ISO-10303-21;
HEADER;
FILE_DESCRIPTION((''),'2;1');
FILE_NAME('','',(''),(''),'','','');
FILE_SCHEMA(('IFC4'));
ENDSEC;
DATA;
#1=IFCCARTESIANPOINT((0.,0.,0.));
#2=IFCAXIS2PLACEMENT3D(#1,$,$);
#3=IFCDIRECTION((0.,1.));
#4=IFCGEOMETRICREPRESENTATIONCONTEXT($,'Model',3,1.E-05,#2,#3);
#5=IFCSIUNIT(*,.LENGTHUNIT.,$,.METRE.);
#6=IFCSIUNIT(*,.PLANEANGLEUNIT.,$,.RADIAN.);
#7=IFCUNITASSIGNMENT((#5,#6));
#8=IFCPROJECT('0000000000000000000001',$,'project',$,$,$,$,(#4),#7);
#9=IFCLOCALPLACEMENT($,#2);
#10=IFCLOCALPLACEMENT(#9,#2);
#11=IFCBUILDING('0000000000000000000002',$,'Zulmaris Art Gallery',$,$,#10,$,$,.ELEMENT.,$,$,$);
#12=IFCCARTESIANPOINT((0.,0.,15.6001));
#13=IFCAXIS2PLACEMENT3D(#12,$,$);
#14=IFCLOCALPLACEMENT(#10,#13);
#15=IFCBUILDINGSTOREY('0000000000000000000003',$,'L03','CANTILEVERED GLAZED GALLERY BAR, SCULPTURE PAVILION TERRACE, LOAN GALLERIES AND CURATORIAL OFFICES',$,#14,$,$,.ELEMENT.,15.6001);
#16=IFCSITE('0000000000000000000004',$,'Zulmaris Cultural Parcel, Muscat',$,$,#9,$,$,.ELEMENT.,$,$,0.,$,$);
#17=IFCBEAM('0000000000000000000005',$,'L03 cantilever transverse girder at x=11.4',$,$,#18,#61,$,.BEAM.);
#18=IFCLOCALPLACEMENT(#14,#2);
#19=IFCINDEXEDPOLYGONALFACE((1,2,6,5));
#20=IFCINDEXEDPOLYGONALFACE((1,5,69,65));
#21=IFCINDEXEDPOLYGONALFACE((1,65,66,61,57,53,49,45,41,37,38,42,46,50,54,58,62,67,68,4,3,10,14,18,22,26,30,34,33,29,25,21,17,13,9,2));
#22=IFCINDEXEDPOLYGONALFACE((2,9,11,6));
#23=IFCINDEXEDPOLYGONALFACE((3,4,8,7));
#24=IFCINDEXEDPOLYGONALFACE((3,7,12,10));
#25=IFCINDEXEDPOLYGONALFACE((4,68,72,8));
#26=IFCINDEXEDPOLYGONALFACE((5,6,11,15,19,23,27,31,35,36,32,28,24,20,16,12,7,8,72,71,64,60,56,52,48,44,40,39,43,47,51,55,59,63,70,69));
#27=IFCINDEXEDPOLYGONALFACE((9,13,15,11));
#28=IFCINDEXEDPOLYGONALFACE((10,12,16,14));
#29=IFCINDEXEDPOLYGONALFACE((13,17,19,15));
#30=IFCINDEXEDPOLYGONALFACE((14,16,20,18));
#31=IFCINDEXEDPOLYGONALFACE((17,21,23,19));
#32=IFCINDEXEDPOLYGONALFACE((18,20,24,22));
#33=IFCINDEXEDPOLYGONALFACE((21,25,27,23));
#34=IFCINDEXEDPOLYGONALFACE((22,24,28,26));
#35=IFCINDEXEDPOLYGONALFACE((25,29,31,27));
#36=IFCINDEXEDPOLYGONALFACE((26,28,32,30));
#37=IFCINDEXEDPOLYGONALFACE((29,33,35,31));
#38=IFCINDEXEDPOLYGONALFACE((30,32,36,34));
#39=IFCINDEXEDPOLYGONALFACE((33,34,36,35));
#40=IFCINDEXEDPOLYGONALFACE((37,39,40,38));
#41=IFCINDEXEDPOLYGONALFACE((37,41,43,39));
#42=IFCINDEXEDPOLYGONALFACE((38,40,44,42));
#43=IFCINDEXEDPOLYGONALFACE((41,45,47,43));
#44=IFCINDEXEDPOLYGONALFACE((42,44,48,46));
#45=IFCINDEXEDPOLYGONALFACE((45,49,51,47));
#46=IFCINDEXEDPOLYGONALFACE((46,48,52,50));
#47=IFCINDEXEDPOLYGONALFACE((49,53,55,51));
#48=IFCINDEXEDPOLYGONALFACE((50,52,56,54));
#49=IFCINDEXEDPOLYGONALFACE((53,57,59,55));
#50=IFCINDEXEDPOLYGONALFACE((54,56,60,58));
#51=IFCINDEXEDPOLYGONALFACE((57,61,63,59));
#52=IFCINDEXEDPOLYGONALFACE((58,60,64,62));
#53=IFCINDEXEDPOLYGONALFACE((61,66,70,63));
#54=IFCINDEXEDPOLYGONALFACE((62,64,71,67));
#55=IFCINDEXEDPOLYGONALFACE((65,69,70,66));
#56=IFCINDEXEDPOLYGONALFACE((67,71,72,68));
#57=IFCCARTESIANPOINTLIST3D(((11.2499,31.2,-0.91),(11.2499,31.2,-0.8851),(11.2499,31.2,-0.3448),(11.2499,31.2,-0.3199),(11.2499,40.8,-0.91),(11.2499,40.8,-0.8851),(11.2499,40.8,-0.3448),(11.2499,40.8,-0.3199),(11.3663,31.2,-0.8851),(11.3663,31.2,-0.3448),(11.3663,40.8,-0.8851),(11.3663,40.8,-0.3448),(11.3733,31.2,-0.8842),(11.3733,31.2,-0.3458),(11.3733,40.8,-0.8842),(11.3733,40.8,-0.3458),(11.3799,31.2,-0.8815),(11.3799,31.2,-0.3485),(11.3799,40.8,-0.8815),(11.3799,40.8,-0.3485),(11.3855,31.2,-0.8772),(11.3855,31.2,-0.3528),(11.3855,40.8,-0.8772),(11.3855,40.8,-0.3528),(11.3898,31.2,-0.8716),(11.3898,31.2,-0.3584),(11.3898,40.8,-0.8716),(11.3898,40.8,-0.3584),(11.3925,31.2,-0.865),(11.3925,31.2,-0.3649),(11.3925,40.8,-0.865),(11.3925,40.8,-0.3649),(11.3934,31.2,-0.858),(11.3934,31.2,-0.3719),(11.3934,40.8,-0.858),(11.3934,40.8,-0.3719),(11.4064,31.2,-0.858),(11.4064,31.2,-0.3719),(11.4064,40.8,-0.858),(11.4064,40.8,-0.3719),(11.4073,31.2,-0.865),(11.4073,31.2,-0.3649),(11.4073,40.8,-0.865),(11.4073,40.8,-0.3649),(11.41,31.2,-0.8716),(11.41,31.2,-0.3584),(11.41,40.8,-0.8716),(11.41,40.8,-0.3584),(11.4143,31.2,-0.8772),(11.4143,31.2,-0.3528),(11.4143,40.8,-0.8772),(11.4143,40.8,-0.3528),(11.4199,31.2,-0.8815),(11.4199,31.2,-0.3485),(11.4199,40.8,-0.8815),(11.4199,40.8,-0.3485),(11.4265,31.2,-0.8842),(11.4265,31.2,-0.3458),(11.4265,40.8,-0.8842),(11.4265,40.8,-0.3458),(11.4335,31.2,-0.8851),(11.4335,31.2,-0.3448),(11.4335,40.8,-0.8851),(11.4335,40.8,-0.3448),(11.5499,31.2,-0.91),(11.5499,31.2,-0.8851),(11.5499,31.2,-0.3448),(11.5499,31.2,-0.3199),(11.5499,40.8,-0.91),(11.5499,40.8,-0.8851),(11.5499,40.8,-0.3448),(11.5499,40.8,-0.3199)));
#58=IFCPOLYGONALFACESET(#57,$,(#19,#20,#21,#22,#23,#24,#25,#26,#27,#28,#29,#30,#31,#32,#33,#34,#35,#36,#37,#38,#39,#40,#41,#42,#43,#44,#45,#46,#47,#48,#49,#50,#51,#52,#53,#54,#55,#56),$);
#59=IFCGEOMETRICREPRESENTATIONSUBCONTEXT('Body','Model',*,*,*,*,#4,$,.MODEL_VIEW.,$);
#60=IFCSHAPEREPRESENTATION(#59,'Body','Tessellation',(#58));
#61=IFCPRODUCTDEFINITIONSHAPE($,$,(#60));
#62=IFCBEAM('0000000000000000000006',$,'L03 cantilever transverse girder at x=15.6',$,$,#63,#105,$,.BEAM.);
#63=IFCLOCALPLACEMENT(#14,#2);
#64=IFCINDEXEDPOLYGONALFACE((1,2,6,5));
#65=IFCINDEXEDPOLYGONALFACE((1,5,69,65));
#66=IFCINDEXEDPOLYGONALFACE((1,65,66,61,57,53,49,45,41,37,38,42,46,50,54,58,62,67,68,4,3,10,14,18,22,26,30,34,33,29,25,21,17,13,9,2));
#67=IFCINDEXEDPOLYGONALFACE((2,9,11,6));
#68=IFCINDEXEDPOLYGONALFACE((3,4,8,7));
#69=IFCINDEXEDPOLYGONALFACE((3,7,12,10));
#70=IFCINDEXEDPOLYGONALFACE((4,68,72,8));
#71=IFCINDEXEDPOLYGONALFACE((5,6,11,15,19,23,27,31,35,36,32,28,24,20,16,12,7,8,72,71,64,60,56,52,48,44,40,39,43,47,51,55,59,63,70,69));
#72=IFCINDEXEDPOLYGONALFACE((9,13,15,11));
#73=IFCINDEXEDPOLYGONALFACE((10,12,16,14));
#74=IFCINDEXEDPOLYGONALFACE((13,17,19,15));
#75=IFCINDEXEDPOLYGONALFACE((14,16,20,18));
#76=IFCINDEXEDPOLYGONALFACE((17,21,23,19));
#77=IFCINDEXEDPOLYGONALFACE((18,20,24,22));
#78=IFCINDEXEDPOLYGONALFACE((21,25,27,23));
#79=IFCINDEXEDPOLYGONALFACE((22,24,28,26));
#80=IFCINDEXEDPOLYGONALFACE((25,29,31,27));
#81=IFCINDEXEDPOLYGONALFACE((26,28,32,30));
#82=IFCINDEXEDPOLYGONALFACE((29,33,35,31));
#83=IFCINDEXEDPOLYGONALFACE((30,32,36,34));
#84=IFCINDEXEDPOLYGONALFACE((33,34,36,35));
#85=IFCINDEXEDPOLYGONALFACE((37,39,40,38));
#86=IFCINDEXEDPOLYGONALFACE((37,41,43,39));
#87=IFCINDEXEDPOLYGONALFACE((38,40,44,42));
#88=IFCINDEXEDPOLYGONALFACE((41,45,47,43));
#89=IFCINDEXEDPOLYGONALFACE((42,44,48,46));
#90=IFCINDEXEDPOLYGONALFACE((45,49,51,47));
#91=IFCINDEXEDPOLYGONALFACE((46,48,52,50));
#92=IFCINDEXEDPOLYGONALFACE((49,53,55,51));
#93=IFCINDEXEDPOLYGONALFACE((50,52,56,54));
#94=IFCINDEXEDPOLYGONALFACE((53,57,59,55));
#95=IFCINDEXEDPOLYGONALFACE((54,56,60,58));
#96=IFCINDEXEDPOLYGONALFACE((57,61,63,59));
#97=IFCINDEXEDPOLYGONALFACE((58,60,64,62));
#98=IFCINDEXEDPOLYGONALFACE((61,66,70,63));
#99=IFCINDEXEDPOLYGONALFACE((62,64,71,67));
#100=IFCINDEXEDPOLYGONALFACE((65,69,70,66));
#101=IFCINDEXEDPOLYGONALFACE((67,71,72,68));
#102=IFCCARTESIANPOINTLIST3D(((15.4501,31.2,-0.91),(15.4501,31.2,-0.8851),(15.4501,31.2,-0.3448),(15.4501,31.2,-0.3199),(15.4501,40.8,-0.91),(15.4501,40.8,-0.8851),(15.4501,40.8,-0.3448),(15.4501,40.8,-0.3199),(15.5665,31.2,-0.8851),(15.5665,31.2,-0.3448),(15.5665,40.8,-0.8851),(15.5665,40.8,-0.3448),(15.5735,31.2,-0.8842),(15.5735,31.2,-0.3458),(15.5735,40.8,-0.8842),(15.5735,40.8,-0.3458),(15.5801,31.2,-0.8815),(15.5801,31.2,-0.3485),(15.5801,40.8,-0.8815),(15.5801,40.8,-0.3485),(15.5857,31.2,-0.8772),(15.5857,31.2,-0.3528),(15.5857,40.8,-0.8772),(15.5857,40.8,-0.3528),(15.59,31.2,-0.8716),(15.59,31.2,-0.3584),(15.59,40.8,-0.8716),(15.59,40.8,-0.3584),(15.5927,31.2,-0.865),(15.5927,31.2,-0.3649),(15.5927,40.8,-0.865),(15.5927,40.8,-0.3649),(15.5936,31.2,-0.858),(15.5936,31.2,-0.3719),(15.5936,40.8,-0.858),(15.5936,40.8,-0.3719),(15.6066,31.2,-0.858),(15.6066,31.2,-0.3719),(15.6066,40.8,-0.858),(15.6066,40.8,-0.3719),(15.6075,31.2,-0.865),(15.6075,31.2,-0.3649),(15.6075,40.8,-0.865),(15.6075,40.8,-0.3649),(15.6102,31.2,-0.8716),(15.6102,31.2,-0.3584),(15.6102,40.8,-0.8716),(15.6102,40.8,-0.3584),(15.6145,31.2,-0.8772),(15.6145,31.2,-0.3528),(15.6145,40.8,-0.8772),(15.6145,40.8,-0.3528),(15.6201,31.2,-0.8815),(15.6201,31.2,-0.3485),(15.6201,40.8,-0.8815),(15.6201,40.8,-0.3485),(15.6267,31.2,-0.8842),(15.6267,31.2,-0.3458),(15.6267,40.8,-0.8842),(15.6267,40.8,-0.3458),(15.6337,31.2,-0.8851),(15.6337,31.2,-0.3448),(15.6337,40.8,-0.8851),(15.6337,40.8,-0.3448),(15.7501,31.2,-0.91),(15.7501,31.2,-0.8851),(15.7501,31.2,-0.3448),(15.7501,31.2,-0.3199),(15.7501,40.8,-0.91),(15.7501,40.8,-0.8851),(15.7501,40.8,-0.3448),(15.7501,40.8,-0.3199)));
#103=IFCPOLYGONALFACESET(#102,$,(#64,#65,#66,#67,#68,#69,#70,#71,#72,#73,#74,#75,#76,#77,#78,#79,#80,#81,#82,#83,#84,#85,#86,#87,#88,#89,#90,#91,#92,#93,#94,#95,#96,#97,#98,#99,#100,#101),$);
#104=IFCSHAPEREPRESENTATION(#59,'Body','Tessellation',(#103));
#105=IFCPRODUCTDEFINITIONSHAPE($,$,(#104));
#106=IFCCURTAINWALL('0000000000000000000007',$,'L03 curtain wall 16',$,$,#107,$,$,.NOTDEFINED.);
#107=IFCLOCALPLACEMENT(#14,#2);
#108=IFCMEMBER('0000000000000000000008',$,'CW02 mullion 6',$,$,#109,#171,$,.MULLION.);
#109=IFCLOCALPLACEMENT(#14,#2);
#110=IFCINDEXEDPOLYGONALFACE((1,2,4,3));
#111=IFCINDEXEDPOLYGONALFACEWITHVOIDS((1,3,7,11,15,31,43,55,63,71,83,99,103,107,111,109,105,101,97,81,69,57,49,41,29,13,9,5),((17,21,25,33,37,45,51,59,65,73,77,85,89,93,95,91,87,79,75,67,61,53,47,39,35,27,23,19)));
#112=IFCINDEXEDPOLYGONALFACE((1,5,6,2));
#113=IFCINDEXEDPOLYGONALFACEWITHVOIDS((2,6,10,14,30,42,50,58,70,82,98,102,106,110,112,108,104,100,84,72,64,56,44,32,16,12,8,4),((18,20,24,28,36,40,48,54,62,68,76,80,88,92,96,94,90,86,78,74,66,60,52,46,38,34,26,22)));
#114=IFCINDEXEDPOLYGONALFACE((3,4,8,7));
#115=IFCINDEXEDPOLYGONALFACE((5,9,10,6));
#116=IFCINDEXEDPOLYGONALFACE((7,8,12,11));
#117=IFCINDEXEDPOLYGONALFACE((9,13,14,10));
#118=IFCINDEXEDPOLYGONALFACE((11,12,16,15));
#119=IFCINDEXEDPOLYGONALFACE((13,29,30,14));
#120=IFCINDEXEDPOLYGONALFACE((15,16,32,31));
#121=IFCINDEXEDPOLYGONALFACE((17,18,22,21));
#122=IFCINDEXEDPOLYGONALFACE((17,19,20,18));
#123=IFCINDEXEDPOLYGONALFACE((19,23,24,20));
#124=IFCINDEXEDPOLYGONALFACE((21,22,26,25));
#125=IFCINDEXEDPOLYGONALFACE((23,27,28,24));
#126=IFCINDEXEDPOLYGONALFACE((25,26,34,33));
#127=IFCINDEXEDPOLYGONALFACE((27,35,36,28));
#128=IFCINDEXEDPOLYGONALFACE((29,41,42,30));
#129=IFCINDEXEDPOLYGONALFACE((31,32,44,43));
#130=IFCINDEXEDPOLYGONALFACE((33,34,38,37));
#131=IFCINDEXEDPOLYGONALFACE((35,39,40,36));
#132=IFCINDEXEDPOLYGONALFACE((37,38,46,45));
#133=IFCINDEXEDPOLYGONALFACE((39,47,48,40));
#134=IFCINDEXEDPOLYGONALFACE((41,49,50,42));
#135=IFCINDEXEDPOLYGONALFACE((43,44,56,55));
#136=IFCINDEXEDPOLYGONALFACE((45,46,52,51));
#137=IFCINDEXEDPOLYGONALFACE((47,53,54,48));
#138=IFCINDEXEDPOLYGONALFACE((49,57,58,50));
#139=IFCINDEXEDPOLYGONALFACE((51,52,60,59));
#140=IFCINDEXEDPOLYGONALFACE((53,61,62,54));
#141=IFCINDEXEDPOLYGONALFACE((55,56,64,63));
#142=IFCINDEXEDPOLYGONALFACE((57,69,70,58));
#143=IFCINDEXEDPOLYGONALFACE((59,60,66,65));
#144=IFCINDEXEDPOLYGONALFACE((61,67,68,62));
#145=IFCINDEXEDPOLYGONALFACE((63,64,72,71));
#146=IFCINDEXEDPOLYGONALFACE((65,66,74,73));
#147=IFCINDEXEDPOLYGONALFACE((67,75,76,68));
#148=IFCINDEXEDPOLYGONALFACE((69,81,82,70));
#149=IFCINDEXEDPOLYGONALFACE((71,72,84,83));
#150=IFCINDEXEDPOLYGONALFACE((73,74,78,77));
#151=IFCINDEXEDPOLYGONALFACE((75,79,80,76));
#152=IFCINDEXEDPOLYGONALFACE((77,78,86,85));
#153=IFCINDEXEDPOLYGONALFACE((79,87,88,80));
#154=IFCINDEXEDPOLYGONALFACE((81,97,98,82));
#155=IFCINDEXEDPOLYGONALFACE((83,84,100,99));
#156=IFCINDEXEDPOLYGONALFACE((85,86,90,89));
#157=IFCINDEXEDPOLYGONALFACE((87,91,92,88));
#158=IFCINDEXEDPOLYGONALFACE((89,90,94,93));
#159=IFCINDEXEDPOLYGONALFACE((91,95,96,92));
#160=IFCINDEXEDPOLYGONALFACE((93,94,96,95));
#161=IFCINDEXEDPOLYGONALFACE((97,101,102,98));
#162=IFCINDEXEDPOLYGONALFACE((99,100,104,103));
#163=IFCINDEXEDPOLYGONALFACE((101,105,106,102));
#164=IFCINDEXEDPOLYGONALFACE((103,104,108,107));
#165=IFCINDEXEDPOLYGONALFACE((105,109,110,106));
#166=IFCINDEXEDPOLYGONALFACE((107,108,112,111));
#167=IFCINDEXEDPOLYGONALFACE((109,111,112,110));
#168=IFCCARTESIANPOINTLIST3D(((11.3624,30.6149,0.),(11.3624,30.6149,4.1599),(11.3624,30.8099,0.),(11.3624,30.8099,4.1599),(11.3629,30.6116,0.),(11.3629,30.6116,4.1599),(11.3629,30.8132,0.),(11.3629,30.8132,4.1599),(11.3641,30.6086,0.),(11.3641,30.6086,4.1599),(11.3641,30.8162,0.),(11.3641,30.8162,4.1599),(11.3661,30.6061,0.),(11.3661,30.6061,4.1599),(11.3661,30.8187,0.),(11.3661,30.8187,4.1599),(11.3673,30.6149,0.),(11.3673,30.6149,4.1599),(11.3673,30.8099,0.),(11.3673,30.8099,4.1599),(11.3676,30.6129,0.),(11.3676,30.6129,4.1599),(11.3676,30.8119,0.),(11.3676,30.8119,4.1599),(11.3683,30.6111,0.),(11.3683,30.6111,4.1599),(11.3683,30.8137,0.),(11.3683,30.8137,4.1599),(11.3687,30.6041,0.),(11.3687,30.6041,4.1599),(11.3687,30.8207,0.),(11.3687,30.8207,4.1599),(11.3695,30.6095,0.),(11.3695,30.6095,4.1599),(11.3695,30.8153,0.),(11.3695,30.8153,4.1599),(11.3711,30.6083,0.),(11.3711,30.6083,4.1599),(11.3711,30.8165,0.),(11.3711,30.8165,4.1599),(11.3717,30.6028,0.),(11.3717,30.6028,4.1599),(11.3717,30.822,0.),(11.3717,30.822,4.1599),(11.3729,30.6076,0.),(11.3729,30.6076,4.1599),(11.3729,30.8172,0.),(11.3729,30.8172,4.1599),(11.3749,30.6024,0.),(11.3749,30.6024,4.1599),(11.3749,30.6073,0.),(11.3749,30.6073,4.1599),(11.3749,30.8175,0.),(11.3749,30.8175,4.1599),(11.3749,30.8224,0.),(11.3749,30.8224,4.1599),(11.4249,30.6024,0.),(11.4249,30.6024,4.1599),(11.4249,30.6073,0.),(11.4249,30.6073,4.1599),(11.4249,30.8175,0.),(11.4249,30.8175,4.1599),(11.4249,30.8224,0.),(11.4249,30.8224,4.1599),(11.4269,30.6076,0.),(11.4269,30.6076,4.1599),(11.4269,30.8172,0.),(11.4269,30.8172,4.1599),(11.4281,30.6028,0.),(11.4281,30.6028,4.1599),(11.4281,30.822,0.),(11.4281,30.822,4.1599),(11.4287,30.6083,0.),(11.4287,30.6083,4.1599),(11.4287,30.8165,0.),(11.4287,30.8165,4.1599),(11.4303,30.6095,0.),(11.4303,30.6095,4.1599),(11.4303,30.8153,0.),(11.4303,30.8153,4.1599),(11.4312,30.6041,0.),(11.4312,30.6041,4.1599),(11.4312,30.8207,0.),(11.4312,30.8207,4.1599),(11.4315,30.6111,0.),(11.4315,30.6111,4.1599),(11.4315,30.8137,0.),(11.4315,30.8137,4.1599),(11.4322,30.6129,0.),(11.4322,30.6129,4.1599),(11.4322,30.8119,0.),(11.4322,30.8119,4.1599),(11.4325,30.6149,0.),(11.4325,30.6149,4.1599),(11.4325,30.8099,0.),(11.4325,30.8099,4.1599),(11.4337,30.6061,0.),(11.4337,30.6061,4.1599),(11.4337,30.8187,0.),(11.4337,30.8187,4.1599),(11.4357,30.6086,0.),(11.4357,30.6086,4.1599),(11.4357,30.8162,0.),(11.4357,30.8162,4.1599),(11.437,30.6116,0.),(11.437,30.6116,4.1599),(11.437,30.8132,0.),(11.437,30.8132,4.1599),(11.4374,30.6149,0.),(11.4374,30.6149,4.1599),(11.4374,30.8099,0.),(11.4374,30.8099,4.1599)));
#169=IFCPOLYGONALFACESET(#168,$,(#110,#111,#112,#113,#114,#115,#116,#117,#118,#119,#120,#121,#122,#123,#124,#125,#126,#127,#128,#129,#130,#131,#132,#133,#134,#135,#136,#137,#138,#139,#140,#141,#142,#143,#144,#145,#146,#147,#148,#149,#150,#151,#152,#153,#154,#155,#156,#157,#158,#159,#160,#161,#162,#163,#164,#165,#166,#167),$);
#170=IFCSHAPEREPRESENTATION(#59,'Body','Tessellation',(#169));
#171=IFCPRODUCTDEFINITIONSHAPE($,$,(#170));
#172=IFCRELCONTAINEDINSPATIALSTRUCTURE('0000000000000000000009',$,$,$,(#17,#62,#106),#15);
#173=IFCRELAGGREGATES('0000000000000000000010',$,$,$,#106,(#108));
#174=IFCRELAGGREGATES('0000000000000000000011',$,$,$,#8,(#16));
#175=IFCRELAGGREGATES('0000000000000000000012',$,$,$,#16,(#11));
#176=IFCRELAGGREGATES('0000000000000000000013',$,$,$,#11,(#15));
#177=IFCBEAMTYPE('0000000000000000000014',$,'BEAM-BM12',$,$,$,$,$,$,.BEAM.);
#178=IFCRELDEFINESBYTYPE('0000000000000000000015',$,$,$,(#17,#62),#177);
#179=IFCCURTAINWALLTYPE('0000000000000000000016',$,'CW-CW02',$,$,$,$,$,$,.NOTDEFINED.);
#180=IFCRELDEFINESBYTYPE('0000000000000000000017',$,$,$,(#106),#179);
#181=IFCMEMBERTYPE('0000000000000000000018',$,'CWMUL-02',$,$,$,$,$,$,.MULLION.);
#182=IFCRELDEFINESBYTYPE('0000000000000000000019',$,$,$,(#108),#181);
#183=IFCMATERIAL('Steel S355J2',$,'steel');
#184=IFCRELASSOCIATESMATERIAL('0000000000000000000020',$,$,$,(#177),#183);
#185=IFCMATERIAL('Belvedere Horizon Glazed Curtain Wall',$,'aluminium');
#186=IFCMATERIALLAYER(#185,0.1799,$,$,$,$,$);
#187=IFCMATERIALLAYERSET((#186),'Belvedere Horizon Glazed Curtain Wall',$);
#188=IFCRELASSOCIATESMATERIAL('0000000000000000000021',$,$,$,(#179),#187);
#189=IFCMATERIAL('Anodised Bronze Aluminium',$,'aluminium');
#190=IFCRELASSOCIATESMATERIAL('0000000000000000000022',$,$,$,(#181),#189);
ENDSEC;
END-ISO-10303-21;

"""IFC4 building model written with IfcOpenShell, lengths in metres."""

from ifc_helpers import new_model, si_unit, direction, frame, origin, origin_2d, place, context, subcontext, project, spatial, hollow_rectangle, i_section, extrude, material, layer, layer_set, material_profile, profile_set, type_object, element, aggregate, save


model = new_model("IFC4")

# Units and contexts
model_context = context("Model", 3, precision=1e-05, world=origin(), true_north=direction((0.0, 1.0)))
body_context = subcontext(model_context, "Body", "Model", "MODEL_VIEW")
ifc_project = project(units=[si_unit("LENGTHUNIT", "METRE"), si_unit("PLANEANGLEUNIT", "RADIAN")], contexts=[model_context])

# Site, building, storey
site_placement = place(None, origin())
site = spatial("IfcSite", under=ifc_project, at=site_placement, Name="Zulmaris Cultural Parcel, Muscat", CompositionType="ELEMENT", RefElevation=0.0)
building_placement = place(site_placement, origin())
building = spatial("IfcBuilding", under=site, at=building_placement, Name="Zulmaris Art Gallery", CompositionType="ELEMENT")
storey_placement = place(building_placement, frame((0.0, 0.0, 15.6001)))
storey = spatial("IfcBuildingStorey", under=building, at=storey_placement, Name="L03", Description="CANTILEVERED GLAZED GALLERY BAR, SCULPTURE PAVILION TERRACE, LOAN GALLERIES AND CURATORIAL OFFICES", CompositionType="ELEMENT", Elevation=15.6001)

# Beams
ifc_material_1 = material(Name="Steel S355J2", Category="steel")
ifc_material_profile_1 = material_profile(ifc_material_1, i_section(OverallWidth=0.3, OverallDepth=0.5901, WebThickness=0.0129, FlangeThickness=0.0249, FilletRadius=0.0271, at=origin_2d()), Name="HEA 600")
ifc_profile_set_1 = profile_set([ifc_material_profile_1], Name="Steel S355J2")
beam_type = type_object("IfcBeamType", Name="BEAM-BM12", PredefinedType="BEAM", material=ifc_profile_set_1)
for number, where, z_axis, x_axis, name in (
    (1, (11.3999, 31.2, -0.615), (0.0, 1.0, 0.0), (-1.0, 0.0, 0.0), "L03 cantilever transverse girder at x=11.4"),
    (2, (15.6001, 31.2, -0.615), (0.0, 1.0, 0.0), (-1.0, 0.0, 0.0), "L03 cantilever transverse girder at x=15.6"),
):
    element("IfcBeam", number, at=place(storey_placement, frame(where, z_axis=z_axis, x_axis=x_axis)), inside=storey, type_object=beam_type, Name=name, PredefinedType="BEAM", context=body_context, shape_type="SweptSolid", body=[
        extrude(i_section(OverallWidth=0.3, OverallDepth=0.5901, WebThickness=0.0129, FlangeThickness=0.0249, FilletRadius=0.0271, at=origin_2d()), origin(), (0.0, 0.0, 1.0), 9.6001),
    ])

# Curtain wall, member
ifc_material_2 = material(Name="Belvedere Horizon Glazed Curtain Wall", Category="aluminium")
ifc_layer_1 = layer(ifc_material_2, 0.1799)
ifc_layer_set_1 = layer_set([ifc_layer_1], Name="Belvedere Horizon Glazed Curtain Wall")
curtain_wall_type = type_object("IfcCurtainWallType", Name="CW-CW02", PredefinedType="NOTDEFINED", material=ifc_layer_set_1)
curtain_wall_1_placement = place(storey_placement, origin())
curtain_wall_1 = element("IfcCurtainWall", 3, at=curtain_wall_1_placement, inside=storey, type_object=curtain_wall_type, Name="L03 curtain wall 16", PredefinedType="NOTDEFINED")
ifc_material_3 = material(Name="Anodised Bronze Aluminium", Category="aluminium")
ifc_material_profile_2 = material_profile(ifc_material_3, hollow_rectangle(XDim=0.075, YDim=0.22, WallThickness=0.0049, InnerFilletRadius=0.0076, OuterFilletRadius=0.0125, at=origin_2d()), Name="ALU 75x220x5")
ifc_profile_set_2 = profile_set([ifc_material_profile_2], Name="Anodised Bronze Aluminium")
member_type_1 = type_object("IfcMemberType", Name="CWMUL-02", PredefinedType="MULLION", material=ifc_profile_set_2)
member_1_placement = place(storey_placement, frame((11.3999, 30.7124, 0.0), z_axis=(0.0, 0.0, 1.0), x_axis=(-1.0, 0.0, 0.0)))
member_1 = element("IfcMember", 4, at=member_1_placement, type_object=member_type_1, Name="CW02 mullion 6", PredefinedType="MULLION", context=body_context, shape_type="SweptSolid", body=[
    extrude(hollow_rectangle(XDim=0.075, YDim=0.22, WallThickness=0.0049, InnerFilletRadius=0.0076, OuterFilletRadius=0.0125, at=origin_2d()), origin(), (0.0, 0.0, 1.0), 4.1599),
])

aggregate(curtain_wall_1, [member_1])

save(model, "model.ifc")
